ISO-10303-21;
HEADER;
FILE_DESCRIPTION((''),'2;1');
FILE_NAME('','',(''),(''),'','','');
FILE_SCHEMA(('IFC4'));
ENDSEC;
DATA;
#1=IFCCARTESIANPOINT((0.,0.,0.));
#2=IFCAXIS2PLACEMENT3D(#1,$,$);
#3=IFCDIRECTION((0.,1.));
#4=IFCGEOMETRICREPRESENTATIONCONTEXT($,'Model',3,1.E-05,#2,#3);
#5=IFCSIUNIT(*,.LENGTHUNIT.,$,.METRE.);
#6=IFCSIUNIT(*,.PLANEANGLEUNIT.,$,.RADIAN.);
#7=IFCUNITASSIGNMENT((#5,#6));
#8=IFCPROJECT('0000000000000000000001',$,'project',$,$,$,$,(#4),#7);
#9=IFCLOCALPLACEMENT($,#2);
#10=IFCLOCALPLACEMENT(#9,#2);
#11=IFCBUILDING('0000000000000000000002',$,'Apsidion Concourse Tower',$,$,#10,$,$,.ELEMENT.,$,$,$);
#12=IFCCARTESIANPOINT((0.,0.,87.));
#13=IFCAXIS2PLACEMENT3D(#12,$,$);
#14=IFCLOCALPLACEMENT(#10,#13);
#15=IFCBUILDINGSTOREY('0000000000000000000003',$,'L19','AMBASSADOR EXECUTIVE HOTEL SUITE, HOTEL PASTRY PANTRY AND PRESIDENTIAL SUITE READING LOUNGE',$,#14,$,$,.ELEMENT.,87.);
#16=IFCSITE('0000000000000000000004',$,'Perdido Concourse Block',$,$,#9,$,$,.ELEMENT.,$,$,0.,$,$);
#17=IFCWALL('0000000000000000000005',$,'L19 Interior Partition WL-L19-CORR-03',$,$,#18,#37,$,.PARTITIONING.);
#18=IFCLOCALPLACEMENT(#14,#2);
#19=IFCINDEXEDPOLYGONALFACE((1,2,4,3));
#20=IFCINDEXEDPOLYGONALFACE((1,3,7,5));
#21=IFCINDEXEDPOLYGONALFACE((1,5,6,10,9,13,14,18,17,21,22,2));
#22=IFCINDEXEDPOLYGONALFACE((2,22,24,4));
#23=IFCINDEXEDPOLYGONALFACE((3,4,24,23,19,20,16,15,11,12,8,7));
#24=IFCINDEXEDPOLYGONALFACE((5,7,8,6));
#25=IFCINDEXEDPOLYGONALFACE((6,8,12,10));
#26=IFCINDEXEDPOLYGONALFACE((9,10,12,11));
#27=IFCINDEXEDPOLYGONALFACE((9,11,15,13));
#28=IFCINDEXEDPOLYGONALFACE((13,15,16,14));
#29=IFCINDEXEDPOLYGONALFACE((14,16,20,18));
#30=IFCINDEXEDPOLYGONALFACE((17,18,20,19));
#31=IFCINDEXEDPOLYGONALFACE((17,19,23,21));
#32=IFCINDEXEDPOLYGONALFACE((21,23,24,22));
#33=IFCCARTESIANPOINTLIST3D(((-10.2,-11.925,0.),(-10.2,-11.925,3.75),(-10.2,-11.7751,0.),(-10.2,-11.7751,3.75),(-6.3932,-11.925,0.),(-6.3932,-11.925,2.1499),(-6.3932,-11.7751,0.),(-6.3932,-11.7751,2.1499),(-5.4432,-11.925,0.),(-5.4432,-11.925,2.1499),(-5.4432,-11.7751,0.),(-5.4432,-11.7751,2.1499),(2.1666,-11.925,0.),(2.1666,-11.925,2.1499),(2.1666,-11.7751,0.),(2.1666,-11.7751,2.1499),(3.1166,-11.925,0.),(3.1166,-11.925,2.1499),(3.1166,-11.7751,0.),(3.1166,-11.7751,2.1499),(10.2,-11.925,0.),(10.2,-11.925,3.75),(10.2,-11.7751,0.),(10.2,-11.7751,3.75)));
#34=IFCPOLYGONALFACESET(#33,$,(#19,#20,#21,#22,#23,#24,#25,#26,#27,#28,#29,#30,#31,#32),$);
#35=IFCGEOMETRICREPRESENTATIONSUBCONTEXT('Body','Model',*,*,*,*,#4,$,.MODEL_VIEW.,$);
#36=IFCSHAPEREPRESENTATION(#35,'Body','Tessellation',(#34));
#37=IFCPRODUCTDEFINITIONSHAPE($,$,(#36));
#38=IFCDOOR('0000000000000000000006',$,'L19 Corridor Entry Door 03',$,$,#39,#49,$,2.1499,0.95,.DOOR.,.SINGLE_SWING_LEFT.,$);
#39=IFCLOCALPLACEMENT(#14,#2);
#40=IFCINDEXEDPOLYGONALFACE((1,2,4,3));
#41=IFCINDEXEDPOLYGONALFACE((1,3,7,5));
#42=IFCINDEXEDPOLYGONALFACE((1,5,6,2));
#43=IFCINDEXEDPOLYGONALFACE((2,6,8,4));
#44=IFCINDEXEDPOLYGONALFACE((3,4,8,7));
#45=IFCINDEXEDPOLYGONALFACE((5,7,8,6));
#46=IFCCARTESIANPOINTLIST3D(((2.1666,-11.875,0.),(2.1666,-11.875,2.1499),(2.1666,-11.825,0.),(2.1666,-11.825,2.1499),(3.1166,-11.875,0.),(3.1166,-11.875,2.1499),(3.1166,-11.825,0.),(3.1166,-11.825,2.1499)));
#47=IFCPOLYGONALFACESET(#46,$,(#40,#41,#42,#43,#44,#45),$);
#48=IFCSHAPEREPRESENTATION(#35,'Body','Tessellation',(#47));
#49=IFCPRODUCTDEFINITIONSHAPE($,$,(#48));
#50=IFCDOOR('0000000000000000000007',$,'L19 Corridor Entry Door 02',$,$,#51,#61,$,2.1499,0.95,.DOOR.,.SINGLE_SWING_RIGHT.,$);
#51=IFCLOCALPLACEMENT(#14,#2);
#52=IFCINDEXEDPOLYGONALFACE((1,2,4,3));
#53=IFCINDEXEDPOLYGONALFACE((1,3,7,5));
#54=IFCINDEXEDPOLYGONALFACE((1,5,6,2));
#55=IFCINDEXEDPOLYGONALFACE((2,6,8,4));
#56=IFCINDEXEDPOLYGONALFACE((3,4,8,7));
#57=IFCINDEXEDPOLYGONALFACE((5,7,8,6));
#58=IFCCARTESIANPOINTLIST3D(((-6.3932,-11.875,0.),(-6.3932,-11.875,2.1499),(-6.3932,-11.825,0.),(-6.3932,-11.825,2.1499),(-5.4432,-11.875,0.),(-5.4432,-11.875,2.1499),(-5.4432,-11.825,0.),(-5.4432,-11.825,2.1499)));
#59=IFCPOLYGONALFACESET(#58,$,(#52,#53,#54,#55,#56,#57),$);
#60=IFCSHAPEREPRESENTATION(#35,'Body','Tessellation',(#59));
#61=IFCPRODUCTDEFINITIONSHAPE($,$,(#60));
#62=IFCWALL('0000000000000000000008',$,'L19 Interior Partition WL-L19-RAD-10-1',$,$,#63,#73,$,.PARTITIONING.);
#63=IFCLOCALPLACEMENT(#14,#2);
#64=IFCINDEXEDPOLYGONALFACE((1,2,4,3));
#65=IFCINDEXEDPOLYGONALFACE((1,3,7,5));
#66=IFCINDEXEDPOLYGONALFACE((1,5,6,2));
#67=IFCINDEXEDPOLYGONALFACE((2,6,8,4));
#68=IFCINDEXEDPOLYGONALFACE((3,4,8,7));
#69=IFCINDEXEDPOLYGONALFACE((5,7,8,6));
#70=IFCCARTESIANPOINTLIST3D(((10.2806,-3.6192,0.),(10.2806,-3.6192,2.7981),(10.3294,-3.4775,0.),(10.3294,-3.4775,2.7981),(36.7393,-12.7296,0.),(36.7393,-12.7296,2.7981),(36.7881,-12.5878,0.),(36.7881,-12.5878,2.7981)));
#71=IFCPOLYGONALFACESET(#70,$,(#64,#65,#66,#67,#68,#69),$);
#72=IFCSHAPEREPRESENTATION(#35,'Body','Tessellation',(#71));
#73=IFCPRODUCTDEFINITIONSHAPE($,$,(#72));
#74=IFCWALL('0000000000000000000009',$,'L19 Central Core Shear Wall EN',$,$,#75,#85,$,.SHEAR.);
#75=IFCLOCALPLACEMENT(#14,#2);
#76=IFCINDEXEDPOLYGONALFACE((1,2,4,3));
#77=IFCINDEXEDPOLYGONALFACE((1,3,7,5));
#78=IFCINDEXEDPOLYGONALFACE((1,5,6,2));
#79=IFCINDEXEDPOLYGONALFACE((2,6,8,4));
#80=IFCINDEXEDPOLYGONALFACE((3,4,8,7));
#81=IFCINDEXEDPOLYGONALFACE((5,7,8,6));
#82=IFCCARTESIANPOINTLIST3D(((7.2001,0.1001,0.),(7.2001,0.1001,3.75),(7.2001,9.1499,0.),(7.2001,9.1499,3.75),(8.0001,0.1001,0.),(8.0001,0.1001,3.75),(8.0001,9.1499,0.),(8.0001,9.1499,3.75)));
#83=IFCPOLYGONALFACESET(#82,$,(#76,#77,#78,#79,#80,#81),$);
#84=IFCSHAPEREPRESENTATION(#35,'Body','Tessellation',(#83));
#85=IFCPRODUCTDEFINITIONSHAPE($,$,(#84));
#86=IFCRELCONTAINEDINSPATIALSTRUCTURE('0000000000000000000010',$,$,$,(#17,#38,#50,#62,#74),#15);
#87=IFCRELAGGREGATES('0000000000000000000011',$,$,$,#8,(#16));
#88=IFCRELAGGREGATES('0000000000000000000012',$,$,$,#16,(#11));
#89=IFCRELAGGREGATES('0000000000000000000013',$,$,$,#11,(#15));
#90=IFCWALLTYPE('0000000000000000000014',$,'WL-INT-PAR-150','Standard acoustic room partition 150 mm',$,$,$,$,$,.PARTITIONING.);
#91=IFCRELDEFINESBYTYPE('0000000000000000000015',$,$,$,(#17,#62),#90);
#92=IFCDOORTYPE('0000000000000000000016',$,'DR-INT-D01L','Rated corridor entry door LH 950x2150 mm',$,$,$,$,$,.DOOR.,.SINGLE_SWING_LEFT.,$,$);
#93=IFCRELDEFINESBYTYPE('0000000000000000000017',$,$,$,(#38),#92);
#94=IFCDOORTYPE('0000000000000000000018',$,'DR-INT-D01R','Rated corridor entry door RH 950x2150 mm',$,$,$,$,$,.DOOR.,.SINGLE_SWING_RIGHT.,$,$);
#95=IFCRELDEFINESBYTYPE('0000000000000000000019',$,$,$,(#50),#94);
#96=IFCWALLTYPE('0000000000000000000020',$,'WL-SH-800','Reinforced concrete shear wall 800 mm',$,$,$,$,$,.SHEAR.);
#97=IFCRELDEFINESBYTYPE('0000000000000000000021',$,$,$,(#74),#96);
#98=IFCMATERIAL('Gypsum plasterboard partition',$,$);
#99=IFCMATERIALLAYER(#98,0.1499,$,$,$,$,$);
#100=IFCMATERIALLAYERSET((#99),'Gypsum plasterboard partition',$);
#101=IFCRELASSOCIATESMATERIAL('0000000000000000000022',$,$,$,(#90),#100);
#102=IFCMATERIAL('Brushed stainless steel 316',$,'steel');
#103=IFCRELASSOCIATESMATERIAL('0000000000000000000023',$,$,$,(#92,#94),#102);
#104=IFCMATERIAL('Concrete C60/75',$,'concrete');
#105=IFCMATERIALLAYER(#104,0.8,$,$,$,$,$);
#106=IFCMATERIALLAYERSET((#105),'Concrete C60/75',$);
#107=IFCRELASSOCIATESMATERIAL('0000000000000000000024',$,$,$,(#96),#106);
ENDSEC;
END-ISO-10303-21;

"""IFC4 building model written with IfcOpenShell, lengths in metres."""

from ifc_helpers import new_model, si_unit, direction, frame, frame_2d, origin, place, context, subcontext, project, spatial, rectangle, extrude, material, layer, layer_set, type_object, element, fill, save


model = new_model("IFC4")

# Units and contexts
model_context = context("Model", 3, precision=1e-05, world=origin(), true_north=direction((0.0, 1.0)))
body_context = subcontext(model_context, "Body", "Model", "MODEL_VIEW")
ifc_project = project(units=[si_unit("LENGTHUNIT", "METRE"), si_unit("PLANEANGLEUNIT", "RADIAN")], contexts=[model_context])

# Site, building, storey
site_placement = place(None, origin())
site = spatial("IfcSite", under=ifc_project, at=site_placement, Name="Perdido Concourse Block", CompositionType="ELEMENT", RefElevation=0.0)
building_placement = place(site_placement, origin())
building = spatial("IfcBuilding", under=site, at=building_placement, Name="Apsidion Concourse Tower", CompositionType="ELEMENT")
storey_placement = place(building_placement, frame((0.0, 0.0, 87.0)))
storey = spatial("IfcBuildingStorey", under=building, at=storey_placement, Name="L19", Description="AMBASSADOR EXECUTIVE HOTEL SUITE, HOTEL PASTRY PANTRY AND PRESIDENTIAL SUITE READING LOUNGE", CompositionType="ELEMENT", Elevation=87.0)

# Shared definitions
ifc_material_1 = material(Name="Concrete C60/75", Category="concrete")

# Wall, openings, doors
ifc_material_2 = material(Name="Gypsum plasterboard partition")
ifc_layer_1 = layer(ifc_material_2, 0.1499)
ifc_layer_set_1 = layer_set([ifc_layer_1], Name="Gypsum plasterboard partition")
wall_type_1 = type_object("IfcWallType", Name="WL-INT-PAR-150", Description="Standard acoustic room partition 150 mm", PredefinedType="PARTITIONING", material=ifc_layer_set_1)
wall_1_placement = place(storey_placement, frame((10.2, -11.8501, 0.0), z_axis=(0.0, 0.0, 1.0), x_axis=(-1.0, 0.0, 0.0)))
wall_1 = element("IfcWall", 1, at=wall_1_placement, inside=storey, type_object=wall_type_1, Name="L19 Interior Partition WL-L19-CORR-03", PredefinedType="PARTITIONING", context=body_context, shape_type="SweptSolid", body=[
    extrude(rectangle(XDim=20.3999, YDim=0.1499, at=frame_2d((10.2, 0.0))), origin(), (0.0, 0.0, 1.0), 3.75),
])
opening_1_placement = place(wall_1_placement, frame((15.6431, 0.0, 0.0)))
opening_1 = element("IfcOpeningElement", 2, at=opening_1_placement, cuts=wall_1, PredefinedType="OPENING", context=body_context, shape_type="SweptSolid", body=[
    extrude(rectangle(XDim=0.95, YDim=2.1499, at=frame_2d((0.4751, 1.075))), frame((0.0, 0.085, 0.0), z_axis=(0.0, -1.0, 0.0), x_axis=(1.0, 0.0, 0.0)), (0.0, 0.0, 1.0), 0.1699),
])
opening_2_placement = place(wall_1_placement, frame((7.0833, 0.0, 0.0)))
opening_2 = element("IfcOpeningElement", 3, at=opening_2_placement, cuts=wall_1, PredefinedType="OPENING", context=body_context, shape_type="SweptSolid", body=[
    extrude(rectangle(XDim=0.95, YDim=2.1499, at=frame_2d((0.4751, 1.075))), frame((0.0, 0.085, 0.0), z_axis=(0.0, -1.0, 0.0), x_axis=(1.0, 0.0, 0.0)), (0.0, 0.0, 1.0), 0.1699),
])
ifc_material_3 = material(Name="Brushed stainless steel 316", Category="steel")
door_type_1 = type_object("IfcDoorType", Name="DR-INT-D01L", Description="Rated corridor entry door LH 950x2150 mm", OperationType="SINGLE_SWING_LEFT", PredefinedType="DOOR", material=ifc_material_3)
door_1_placement = place(opening_2_placement, origin())
door_1 = element("IfcDoor", 4, at=door_1_placement, inside=storey, type_object=door_type_1, Name="L19 Corridor Entry Door 03", OperationType="SINGLE_SWING_LEFT", OverallHeight=2.1499, OverallWidth=0.95, PredefinedType="DOOR", context=body_context, shape_type="SweptSolid", body=[
    extrude(rectangle(XDim=0.95, YDim=2.1499, at=frame_2d((0.4751, 1.075))), frame((0.0, 0.0249, 0.0), z_axis=(0.0, -1.0, 0.0), x_axis=(1.0, 0.0, 0.0)), (0.0, 0.0, 1.0), 0.05),
])
fill(opening_2, door_1)
door_type_2 = type_object("IfcDoorType", Name="DR-INT-D01R", Description="Rated corridor entry door RH 950x2150 mm", OperationType="SINGLE_SWING_RIGHT", PredefinedType="DOOR", material=ifc_material_3)
door_2_placement = place(opening_1_placement, origin())
door_2 = element("IfcDoor", 5, at=door_2_placement, inside=storey, type_object=door_type_2, Name="L19 Corridor Entry Door 02", OperationType="SINGLE_SWING_RIGHT", OverallHeight=2.1499, OverallWidth=0.95, PredefinedType="DOOR", context=body_context, shape_type="SweptSolid", body=[
    extrude(rectangle(XDim=0.95, YDim=2.1499, at=frame_2d((0.4751, 1.075))), frame((0.0, 0.0249, 0.0), z_axis=(0.0, -1.0, 0.0), x_axis=(1.0, 0.0, 0.0)), (0.0, 0.0, 1.0), 0.05),
])
fill(opening_1, door_2)

# Walls
wall_2_placement = place(storey_placement, frame((10.3049, -3.5483, 0.0), z_axis=(0.0, 0.0, 1.0), x_axis=(0.94552, -0.325564, 0.0)))
element("IfcWall", 6, at=wall_2_placement, inside=storey, type_object=wall_type_1, Name="L19 Interior Partition WL-L19-RAD-10-1", PredefinedType="PARTITIONING", context=body_context, shape_type="SweptSolid", body=[
    extrude(rectangle(XDim=27.9832, YDim=0.1499, at=frame_2d((13.9917, 0.0))), origin(), (0.0, 0.0, 1.0), 2.7981),
])
ifc_layer_2 = layer(ifc_material_1, 0.8)
ifc_layer_set_2 = layer_set([ifc_layer_2], Name="Concrete C60/75")
wall_type_2 = type_object("IfcWallType", Name="WL-SH-800", Description="Reinforced concrete shear wall 800 mm", PredefinedType="SHEAR", material=ifc_layer_set_2)
wall_3_placement = place(storey_placement, frame((7.6001, 0.1001, 0.0), z_axis=(0.0, 0.0, 1.0), x_axis=(0.0, 1.0, 0.0)))
element("IfcWall", 7, at=wall_3_placement, inside=storey, type_object=wall_type_2, Name="L19 Central Core Shear Wall EN", PredefinedType="SHEAR", context=body_context, shape_type="SweptSolid", body=[
    extrude(rectangle(XDim=9.0498, YDim=0.8, at=frame_2d((4.5249, 0.0))), origin(), (0.0, 0.0, 1.0), 3.75),
])

save(model, "model.ifc")
